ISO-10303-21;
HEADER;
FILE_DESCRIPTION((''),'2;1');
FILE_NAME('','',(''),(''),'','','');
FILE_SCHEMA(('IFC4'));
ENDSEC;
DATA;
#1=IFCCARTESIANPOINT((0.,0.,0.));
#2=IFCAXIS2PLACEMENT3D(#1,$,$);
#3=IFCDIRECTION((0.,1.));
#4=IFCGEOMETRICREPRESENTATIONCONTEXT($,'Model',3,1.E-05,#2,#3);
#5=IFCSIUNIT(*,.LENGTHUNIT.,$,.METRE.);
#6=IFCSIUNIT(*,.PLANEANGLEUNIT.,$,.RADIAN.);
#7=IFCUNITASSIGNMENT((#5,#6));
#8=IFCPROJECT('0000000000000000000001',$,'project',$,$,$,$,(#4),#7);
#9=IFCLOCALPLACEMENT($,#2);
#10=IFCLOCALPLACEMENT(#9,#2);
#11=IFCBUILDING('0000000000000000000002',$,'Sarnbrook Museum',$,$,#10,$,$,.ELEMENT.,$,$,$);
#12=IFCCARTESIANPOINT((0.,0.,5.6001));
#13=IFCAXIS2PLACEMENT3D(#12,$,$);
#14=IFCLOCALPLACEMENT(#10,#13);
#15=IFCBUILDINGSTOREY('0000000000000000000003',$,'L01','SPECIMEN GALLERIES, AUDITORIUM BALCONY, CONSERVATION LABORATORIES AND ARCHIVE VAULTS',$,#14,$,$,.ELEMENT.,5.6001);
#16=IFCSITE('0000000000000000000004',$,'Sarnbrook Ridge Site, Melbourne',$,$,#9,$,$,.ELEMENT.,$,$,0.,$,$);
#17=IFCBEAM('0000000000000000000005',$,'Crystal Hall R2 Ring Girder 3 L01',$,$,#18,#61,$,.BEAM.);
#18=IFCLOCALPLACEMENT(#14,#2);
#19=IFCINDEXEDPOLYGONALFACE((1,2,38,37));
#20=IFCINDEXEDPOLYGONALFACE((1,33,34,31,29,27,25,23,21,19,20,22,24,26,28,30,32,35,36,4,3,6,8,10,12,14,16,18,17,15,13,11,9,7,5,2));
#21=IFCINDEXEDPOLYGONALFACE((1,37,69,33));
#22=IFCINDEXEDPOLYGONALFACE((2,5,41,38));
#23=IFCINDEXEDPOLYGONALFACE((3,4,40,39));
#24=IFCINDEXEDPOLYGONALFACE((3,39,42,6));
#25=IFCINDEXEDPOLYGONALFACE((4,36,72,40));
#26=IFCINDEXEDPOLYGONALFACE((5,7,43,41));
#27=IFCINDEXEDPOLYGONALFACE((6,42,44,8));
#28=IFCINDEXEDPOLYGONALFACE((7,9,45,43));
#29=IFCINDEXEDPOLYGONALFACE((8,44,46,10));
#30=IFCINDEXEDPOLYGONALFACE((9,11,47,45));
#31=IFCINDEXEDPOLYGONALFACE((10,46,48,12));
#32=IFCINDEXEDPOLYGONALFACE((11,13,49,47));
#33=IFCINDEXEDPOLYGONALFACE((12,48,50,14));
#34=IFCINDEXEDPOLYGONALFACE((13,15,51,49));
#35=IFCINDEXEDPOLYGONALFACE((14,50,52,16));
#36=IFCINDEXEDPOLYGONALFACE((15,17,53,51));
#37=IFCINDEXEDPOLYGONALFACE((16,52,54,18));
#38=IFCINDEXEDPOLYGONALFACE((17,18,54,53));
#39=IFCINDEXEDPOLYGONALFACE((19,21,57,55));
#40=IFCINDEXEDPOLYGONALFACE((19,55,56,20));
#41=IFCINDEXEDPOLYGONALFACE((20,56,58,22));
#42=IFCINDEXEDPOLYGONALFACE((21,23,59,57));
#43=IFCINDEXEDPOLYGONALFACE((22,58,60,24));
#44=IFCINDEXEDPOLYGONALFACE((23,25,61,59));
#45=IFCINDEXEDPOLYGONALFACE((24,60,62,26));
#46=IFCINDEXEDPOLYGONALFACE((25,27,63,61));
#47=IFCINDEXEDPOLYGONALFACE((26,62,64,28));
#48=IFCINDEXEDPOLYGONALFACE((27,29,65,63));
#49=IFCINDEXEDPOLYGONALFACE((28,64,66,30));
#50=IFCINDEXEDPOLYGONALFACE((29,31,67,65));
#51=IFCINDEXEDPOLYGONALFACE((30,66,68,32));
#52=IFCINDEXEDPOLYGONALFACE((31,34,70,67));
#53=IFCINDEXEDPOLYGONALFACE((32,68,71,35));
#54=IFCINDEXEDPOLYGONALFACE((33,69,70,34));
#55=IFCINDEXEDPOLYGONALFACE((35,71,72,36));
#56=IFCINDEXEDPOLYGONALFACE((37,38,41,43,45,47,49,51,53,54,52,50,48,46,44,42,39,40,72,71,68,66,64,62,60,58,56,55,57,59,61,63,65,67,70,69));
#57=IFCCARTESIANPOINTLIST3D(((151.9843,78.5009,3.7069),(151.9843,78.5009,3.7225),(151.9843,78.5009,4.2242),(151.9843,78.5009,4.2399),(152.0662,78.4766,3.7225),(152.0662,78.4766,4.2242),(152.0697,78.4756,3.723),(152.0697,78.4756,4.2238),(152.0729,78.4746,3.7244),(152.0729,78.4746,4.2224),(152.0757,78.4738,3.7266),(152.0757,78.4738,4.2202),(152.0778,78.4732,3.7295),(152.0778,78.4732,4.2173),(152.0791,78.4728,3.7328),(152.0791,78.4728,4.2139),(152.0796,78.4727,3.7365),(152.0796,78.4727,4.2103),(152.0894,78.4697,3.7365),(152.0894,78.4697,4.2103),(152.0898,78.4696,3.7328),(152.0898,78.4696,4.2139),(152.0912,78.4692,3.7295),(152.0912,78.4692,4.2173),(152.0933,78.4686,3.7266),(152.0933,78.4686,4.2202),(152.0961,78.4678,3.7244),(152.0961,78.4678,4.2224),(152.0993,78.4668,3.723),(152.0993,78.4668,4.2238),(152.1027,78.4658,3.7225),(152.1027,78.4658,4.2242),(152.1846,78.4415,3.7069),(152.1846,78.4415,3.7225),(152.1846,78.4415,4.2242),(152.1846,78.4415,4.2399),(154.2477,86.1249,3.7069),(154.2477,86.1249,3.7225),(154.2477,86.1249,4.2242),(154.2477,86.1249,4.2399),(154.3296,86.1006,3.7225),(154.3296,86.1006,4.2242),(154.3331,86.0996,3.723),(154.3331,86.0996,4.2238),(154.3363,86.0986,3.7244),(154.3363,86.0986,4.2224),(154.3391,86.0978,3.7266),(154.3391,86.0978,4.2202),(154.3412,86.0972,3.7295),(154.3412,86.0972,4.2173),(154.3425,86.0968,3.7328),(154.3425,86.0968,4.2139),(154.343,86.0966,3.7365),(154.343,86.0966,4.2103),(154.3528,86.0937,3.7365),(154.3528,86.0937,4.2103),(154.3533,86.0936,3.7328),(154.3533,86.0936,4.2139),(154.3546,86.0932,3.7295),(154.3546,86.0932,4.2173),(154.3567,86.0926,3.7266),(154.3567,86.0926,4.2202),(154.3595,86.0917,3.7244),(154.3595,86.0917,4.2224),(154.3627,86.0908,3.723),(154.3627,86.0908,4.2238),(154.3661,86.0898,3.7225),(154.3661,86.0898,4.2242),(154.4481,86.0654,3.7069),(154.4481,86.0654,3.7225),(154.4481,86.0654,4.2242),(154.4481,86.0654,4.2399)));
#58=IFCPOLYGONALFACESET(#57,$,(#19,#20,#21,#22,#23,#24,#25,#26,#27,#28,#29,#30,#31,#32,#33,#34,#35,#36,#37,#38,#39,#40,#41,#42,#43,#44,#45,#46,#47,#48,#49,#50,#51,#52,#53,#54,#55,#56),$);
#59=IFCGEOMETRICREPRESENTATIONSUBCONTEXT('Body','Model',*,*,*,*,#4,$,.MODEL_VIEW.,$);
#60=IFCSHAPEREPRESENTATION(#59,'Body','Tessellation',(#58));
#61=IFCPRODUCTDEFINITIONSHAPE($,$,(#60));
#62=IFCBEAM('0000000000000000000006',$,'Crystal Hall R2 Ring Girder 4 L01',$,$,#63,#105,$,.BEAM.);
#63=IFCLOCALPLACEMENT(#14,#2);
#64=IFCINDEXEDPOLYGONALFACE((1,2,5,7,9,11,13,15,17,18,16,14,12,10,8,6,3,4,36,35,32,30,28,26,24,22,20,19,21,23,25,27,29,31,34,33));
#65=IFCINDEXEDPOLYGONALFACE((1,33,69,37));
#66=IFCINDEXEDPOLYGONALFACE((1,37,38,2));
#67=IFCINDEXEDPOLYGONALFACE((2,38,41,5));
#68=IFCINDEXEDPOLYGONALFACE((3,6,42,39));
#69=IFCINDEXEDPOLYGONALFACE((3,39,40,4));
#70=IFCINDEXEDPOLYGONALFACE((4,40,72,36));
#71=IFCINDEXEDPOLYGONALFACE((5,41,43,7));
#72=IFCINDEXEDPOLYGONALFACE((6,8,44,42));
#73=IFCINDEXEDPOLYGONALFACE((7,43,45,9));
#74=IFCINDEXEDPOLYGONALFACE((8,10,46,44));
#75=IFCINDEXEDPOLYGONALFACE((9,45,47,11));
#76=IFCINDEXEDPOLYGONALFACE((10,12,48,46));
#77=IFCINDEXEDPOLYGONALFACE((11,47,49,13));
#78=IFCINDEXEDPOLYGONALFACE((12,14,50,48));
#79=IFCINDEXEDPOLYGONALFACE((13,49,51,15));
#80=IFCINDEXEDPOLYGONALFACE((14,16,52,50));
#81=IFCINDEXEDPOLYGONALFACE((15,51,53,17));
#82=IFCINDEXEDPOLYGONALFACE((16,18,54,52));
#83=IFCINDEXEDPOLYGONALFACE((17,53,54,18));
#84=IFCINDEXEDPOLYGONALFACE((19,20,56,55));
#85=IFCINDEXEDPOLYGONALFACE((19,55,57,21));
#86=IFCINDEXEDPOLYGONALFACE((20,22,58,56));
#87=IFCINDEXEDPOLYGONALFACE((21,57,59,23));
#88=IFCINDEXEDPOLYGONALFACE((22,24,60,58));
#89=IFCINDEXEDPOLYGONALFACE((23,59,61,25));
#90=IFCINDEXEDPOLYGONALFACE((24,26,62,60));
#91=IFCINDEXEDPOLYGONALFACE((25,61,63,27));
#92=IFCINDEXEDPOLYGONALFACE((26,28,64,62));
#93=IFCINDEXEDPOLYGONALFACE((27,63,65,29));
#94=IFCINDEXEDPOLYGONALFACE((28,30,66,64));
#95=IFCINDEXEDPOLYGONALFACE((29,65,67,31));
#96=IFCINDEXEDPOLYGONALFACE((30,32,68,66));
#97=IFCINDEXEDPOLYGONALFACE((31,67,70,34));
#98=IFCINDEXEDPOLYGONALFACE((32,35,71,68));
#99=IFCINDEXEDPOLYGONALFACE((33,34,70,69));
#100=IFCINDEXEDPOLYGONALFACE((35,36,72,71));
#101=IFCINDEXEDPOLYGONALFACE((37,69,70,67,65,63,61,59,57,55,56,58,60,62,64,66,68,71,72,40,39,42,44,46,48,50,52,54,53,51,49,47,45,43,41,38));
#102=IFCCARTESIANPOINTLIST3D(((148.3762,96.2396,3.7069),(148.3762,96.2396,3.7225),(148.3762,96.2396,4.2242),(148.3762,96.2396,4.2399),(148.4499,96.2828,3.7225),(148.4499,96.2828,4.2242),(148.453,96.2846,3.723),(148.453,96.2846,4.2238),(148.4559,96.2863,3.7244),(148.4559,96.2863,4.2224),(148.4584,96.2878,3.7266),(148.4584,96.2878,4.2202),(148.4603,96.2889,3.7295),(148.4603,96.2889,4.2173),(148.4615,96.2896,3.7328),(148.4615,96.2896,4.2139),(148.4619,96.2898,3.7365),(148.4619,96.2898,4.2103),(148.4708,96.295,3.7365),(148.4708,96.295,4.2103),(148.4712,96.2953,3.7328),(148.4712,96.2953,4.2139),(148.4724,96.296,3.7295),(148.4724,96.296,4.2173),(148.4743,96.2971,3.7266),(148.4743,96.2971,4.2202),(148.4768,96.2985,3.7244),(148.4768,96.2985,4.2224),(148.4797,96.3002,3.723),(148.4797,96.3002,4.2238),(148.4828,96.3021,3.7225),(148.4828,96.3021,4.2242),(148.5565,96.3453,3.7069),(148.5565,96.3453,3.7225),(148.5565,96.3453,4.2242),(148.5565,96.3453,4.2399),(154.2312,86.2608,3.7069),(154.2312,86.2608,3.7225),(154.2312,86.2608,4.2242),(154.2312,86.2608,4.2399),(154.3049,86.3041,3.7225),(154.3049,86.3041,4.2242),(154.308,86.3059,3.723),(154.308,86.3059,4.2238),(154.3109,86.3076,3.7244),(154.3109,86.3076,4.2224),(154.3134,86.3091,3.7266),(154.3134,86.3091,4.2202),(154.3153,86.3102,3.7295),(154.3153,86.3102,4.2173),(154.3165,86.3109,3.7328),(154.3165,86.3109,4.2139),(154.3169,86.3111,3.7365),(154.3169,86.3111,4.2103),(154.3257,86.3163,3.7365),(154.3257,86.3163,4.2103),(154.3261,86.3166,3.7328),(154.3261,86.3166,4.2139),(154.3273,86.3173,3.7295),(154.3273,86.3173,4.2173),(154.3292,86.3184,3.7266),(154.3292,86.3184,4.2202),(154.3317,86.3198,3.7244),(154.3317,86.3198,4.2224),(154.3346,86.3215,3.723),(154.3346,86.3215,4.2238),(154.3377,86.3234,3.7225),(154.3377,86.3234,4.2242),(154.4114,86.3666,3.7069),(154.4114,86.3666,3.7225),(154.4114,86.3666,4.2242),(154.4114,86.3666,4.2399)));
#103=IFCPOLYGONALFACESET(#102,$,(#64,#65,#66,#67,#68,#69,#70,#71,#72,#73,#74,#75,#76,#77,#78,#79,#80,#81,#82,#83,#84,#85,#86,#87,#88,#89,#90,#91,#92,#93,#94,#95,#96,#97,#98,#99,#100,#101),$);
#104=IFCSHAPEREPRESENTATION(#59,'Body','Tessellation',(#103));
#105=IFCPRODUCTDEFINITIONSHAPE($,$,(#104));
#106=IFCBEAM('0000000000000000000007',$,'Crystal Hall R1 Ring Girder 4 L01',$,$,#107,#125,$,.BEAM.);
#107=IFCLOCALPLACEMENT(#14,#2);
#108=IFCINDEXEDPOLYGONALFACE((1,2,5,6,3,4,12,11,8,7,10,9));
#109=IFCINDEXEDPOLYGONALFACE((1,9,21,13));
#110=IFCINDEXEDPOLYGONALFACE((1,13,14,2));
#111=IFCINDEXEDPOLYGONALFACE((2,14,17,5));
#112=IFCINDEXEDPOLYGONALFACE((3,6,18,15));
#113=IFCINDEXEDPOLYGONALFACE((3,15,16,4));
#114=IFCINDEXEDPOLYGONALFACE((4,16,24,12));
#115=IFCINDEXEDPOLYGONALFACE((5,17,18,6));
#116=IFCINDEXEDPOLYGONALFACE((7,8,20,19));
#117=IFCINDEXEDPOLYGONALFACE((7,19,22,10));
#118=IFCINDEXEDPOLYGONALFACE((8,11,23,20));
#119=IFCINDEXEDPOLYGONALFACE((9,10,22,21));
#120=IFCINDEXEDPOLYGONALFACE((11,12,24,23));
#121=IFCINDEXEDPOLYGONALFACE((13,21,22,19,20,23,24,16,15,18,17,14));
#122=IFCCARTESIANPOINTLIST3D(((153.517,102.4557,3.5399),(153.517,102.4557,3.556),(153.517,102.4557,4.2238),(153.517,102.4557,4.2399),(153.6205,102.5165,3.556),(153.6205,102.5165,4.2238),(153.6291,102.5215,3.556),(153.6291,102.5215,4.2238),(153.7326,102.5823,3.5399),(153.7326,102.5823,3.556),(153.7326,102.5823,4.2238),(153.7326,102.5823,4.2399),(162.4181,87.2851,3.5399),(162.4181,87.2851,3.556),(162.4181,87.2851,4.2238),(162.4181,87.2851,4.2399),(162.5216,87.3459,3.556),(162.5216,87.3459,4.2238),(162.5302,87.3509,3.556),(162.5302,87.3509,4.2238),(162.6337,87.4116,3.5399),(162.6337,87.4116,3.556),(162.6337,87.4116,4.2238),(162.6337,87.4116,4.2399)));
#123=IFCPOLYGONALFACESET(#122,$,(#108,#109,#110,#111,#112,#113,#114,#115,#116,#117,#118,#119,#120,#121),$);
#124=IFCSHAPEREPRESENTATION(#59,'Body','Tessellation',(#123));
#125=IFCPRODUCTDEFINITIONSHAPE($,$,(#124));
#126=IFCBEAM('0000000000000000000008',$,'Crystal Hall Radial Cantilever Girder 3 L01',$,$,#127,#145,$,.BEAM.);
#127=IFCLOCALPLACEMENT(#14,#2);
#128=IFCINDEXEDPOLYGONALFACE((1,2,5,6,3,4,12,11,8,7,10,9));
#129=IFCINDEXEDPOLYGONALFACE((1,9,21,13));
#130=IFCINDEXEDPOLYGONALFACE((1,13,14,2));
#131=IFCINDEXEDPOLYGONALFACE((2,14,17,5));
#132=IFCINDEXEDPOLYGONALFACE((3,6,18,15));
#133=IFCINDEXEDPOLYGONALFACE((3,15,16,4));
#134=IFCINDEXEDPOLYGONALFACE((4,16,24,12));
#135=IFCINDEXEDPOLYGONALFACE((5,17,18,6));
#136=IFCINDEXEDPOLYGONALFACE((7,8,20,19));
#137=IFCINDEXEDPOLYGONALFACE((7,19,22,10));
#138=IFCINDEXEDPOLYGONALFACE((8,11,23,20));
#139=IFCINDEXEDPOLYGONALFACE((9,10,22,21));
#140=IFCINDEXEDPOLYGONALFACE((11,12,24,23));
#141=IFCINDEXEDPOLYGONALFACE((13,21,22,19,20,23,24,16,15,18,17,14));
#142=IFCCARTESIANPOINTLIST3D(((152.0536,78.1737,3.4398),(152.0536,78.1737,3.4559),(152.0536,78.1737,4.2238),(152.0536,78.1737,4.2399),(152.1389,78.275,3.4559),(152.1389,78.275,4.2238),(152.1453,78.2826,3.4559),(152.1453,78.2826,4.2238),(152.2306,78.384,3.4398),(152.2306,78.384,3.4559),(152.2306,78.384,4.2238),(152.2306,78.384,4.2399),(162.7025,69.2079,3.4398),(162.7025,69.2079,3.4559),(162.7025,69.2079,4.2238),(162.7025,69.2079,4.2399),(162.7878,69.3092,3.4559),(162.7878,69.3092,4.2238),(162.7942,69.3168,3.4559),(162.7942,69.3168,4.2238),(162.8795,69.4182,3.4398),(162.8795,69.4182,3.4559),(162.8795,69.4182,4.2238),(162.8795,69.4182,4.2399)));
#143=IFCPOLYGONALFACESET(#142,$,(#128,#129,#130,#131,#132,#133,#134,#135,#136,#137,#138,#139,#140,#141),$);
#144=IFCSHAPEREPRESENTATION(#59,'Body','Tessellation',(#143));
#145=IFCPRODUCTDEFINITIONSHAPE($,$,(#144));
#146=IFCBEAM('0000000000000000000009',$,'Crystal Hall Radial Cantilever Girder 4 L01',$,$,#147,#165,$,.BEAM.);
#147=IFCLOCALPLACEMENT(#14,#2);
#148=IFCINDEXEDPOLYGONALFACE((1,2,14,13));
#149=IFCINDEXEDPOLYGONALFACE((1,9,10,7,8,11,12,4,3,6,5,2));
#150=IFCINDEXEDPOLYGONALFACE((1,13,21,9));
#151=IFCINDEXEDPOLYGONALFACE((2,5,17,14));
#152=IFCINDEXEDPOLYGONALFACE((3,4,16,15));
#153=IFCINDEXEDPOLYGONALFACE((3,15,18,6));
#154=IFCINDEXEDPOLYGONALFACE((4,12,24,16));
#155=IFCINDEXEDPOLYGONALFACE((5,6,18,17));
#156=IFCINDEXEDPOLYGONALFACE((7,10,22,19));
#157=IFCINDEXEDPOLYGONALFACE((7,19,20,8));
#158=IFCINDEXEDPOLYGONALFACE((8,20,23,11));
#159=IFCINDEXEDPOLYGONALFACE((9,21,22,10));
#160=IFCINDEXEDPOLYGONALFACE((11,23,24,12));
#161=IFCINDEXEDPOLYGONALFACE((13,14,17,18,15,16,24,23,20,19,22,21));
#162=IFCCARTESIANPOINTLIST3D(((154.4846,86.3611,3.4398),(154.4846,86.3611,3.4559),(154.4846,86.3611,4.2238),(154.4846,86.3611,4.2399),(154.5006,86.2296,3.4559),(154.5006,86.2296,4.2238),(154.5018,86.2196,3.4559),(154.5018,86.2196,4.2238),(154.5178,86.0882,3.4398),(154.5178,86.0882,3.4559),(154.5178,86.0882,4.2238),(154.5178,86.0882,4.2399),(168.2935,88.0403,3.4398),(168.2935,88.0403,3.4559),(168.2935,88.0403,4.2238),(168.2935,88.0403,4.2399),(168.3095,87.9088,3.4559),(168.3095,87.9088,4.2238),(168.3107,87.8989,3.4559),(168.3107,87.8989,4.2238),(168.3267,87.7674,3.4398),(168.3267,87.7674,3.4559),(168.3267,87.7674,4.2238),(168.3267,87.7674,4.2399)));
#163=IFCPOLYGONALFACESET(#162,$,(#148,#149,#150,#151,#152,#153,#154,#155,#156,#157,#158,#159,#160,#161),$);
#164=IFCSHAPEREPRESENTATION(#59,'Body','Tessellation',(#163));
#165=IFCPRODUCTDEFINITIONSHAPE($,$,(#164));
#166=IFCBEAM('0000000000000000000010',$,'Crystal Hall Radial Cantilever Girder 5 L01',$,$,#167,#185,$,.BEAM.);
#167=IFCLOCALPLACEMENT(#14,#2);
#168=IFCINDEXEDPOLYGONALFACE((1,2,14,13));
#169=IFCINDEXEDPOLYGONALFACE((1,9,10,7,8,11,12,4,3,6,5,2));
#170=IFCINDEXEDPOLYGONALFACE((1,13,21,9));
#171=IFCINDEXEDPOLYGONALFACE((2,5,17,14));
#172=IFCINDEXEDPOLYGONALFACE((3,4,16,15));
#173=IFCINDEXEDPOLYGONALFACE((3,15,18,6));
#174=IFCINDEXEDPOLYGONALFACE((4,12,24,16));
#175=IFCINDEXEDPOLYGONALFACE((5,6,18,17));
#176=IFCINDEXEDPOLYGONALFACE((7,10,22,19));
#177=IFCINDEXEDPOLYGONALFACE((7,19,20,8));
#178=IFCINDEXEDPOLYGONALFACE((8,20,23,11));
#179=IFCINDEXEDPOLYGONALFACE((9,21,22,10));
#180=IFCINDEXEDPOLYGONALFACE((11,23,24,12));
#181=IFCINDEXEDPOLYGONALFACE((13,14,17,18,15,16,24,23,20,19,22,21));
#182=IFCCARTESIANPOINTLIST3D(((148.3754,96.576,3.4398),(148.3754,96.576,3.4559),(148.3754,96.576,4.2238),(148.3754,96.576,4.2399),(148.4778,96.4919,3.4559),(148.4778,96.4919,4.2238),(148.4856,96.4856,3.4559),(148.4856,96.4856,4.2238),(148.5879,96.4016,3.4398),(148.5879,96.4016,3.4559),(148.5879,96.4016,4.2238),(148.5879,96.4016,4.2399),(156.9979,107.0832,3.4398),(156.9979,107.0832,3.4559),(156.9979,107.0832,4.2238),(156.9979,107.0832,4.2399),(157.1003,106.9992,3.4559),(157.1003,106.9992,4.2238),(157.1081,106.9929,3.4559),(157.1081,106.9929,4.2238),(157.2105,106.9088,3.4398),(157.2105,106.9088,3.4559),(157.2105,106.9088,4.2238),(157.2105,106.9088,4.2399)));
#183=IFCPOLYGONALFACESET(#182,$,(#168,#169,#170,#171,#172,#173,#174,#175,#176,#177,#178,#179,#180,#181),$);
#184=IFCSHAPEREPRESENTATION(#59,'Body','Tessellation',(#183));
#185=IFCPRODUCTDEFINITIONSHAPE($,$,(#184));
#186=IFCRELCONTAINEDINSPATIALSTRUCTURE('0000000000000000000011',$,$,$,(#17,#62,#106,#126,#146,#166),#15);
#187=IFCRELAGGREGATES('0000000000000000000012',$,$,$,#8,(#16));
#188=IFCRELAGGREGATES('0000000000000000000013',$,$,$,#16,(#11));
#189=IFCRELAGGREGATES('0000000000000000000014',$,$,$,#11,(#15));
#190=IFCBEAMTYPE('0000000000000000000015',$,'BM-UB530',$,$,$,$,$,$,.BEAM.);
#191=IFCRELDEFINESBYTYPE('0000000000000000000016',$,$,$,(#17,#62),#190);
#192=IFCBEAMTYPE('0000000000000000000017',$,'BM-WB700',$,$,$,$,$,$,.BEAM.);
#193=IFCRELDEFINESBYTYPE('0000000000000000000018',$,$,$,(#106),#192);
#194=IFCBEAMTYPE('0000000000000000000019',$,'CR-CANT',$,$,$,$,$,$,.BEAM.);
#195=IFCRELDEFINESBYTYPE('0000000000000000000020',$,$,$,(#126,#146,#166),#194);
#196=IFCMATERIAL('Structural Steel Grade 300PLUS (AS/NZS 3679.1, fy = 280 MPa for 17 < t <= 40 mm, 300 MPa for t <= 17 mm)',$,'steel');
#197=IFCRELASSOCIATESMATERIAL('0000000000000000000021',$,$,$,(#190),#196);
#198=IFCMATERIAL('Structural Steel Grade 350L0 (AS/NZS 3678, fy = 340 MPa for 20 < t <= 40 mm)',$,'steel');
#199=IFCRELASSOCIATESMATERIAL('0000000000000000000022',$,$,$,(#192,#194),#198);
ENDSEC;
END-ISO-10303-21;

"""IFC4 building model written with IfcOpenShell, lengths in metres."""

from ifc_helpers import new_model, si_unit, direction, frame, origin, origin_2d, place, context, subcontext, project, spatial, i_section, extrude, material, material_profile, profile_set, type_object, element, save


model = new_model("IFC4")

# Units and contexts
model_context = context("Model", 3, precision=1e-05, world=origin(), true_north=direction((0.0, 1.0)))
body_context = subcontext(model_context, "Body", "Model", "MODEL_VIEW")
ifc_project = project(units=[si_unit("LENGTHUNIT", "METRE"), si_unit("PLANEANGLEUNIT", "RADIAN")], contexts=[model_context])

# Site, building, storey
site_placement = place(None, origin())
site = spatial("IfcSite", under=ifc_project, at=site_placement, Name="Sarnbrook Ridge Site, Melbourne", CompositionType="ELEMENT", RefElevation=0.0)
building_placement = place(site_placement, origin())
building = spatial("IfcBuilding", under=site, at=building_placement, Name="Sarnbrook Museum", CompositionType="ELEMENT")
storey_placement = place(building_placement, frame((0.0, 0.0, 5.6001)))
storey = spatial("IfcBuildingStorey", under=building, at=storey_placement, Name="L01", Description="SPECIMEN GALLERIES, AUDITORIUM BALCONY, CONSERVATION LABORATORIES AND ARCHIVE VAULTS", CompositionType="ELEMENT", Elevation=5.6001)

# Shared definitions
ifc_material_1 = material(Name="Structural Steel Grade 350L0 (AS/NZS 3678, fy = 340 MPa for 20 < t <= 40 mm)", Category="steel")

# Beams
ifc_material_2 = material(Name="Structural Steel Grade 300PLUS (AS/NZS 3679.1, fy = 280 MPa for 17 < t <= 40 mm, 300 MPa for t <= 17 mm)", Category="steel")
ifc_material_profile_1 = material_profile(ifc_material_2, i_section(OverallWidth=0.209, OverallDepth=0.533, WebThickness=0.0103, FlangeThickness=0.0156, FilletRadius=0.0139, at=origin_2d()), Name="530UB92.4")
ifc_profile_set_1 = profile_set([ifc_material_profile_1], Name="Structural Steel Grade 300PLUS (AS/NZS 3679.1, fy = 280 MPa for 17 < t <= 40 mm, 300 MPa for t <= 17 mm)")
beam_type_1 = type_object("IfcBeamType", Name="BM-UB530", PredefinedType="BEAM", material=ifc_profile_set_1)
beam_1_placement = place(storey_placement, frame((152.0845, 78.4712, 3.9734), z_axis=(0.284604, 0.958645, 0.0), x_axis=(-0.958645, 0.284604, 0.0)))
element("IfcBeam", 1, at=beam_1_placement, inside=storey, type_object=beam_type_1, Name="Crystal Hall R2 Ring Girder 3 L01", PredefinedType="BEAM", context=body_context, shape_type="SweptSolid", body=[
    extrude(i_section(OverallWidth=0.209, OverallDepth=0.533, WebThickness=0.0103, FlangeThickness=0.0156, FilletRadius=0.0139, at=origin_2d()), origin(), (0.0, 0.0, 1.0), 7.9529),
])
beam_2_placement = place(storey_placement, frame((154.3213, 86.3137, 3.9734), z_axis=(-0.506064, 0.862496, 0.0), x_axis=(-0.862496, -0.506064, 0.0)))
element("IfcBeam", 2, at=beam_2_placement, inside=storey, type_object=beam_type_1, Name="Crystal Hall R2 Ring Girder 4 L01", PredefinedType="BEAM", context=body_context, shape_type="SweptSolid", body=[
    extrude(i_section(OverallWidth=0.209, OverallDepth=0.533, WebThickness=0.0103, FlangeThickness=0.0156, FilletRadius=0.0139, at=origin_2d()), origin(), (0.0, 0.0, 1.0), 11.5696),
])
ifc_material_profile_2 = material_profile(ifc_material_1, i_section(OverallWidth=0.25, OverallDepth=0.7, WebThickness=0.01, FlangeThickness=0.0161, at=origin_2d()), Name="700WB130")
ifc_profile_set_2 = profile_set([ifc_material_profile_2], Name="Structural Steel Grade 350L0 (AS/NZS 3678, fy = 340 MPa for 20 < t <= 40 mm)")
beam_type_2 = type_object("IfcBeamType", Name="BM-WB700", PredefinedType="BEAM", material=ifc_profile_set_2)
beam_3_placement = place(storey_placement, frame((162.5259, 87.3484, 3.8899), z_axis=(-0.506057, 0.8625, 0.0), x_axis=(-0.8625, -0.506057, 0.0)))
element("IfcBeam", 3, at=beam_3_placement, inside=storey, type_object=beam_type_2, Name="Crystal Hall R1 Ring Girder 4 L01", PredefinedType="BEAM", context=body_context, shape_type="SweptSolid", body=[
    extrude(i_section(OverallWidth=0.25, OverallDepth=0.7, WebThickness=0.01, FlangeThickness=0.0161, at=origin_2d()), origin(), (0.0, 0.0, 1.0), 17.5891),
])
ifc_material_profile_3 = material_profile(ifc_material_1, i_section(OverallWidth=0.2749, OverallDepth=0.8, WebThickness=0.01, FlangeThickness=0.0161, at=origin_2d()), Name="800WB146")
ifc_profile_set_3 = profile_set([ifc_material_profile_3], Name="Structural Steel Grade 350L0 (AS/NZS 3678, fy = 340 MPa for 20 < t <= 40 mm)")
beam_type_3 = type_object("IfcBeamType", Name="CR-CANT", PredefinedType="BEAM", material=ifc_profile_set_3)
beam_4_placement = place(storey_placement, frame((152.1421, 78.2788, 3.8398), z_axis=(0.764971, -0.644064, 0.0), x_axis=(0.644064, 0.764971, 0.0)))
element("IfcBeam", 4, at=beam_4_placement, inside=storey, type_object=beam_type_3, Name="Crystal Hall Radial Cantilever Girder 3 L01", PredefinedType="BEAM", context=body_context, shape_type="SweptSolid", body=[
    extrude(i_section(OverallWidth=0.2749, OverallDepth=0.8, WebThickness=0.01, FlangeThickness=0.0161, at=origin_2d()), origin(), (0.0, 0.0, 1.0), 13.9207),
])
beam_5_placement = place(storey_placement, frame((154.5012, 86.2246, 3.8398), z_axis=(0.992687, 0.120714, 0.0), x_axis=(-0.120714, 0.992687, 0.0)))
element("IfcBeam", 5, at=beam_5_placement, inside=storey, type_object=beam_type_3, Name="Crystal Hall Radial Cantilever Girder 4 L01", PredefinedType="BEAM", context=body_context, shape_type="SweptSolid", body=[
    extrude(i_section(OverallWidth=0.2749, OverallDepth=0.8, WebThickness=0.01, FlangeThickness=0.0161, at=origin_2d()), origin(), (0.0, 0.0, 1.0), 13.9106),
])
beam_6_placement = place(storey_placement, frame((148.4817, 96.4888, 3.8398), z_axis=(0.634368, 0.773031, 0.0), x_axis=(-0.773031, 0.634368, 0.0)))
element("IfcBeam", 6, at=beam_6_placement, inside=storey, type_object=beam_type_3, Name="Crystal Hall Radial Cantilever Girder 5 L01", PredefinedType="BEAM", context=body_context, shape_type="SweptSolid", body=[
    extrude(i_section(OverallWidth=0.2749, OverallDepth=0.8, WebThickness=0.01, FlangeThickness=0.0161, at=origin_2d()), origin(), (0.0, 0.0, 1.0), 13.5923),
])

save(model, "model.ifc")
